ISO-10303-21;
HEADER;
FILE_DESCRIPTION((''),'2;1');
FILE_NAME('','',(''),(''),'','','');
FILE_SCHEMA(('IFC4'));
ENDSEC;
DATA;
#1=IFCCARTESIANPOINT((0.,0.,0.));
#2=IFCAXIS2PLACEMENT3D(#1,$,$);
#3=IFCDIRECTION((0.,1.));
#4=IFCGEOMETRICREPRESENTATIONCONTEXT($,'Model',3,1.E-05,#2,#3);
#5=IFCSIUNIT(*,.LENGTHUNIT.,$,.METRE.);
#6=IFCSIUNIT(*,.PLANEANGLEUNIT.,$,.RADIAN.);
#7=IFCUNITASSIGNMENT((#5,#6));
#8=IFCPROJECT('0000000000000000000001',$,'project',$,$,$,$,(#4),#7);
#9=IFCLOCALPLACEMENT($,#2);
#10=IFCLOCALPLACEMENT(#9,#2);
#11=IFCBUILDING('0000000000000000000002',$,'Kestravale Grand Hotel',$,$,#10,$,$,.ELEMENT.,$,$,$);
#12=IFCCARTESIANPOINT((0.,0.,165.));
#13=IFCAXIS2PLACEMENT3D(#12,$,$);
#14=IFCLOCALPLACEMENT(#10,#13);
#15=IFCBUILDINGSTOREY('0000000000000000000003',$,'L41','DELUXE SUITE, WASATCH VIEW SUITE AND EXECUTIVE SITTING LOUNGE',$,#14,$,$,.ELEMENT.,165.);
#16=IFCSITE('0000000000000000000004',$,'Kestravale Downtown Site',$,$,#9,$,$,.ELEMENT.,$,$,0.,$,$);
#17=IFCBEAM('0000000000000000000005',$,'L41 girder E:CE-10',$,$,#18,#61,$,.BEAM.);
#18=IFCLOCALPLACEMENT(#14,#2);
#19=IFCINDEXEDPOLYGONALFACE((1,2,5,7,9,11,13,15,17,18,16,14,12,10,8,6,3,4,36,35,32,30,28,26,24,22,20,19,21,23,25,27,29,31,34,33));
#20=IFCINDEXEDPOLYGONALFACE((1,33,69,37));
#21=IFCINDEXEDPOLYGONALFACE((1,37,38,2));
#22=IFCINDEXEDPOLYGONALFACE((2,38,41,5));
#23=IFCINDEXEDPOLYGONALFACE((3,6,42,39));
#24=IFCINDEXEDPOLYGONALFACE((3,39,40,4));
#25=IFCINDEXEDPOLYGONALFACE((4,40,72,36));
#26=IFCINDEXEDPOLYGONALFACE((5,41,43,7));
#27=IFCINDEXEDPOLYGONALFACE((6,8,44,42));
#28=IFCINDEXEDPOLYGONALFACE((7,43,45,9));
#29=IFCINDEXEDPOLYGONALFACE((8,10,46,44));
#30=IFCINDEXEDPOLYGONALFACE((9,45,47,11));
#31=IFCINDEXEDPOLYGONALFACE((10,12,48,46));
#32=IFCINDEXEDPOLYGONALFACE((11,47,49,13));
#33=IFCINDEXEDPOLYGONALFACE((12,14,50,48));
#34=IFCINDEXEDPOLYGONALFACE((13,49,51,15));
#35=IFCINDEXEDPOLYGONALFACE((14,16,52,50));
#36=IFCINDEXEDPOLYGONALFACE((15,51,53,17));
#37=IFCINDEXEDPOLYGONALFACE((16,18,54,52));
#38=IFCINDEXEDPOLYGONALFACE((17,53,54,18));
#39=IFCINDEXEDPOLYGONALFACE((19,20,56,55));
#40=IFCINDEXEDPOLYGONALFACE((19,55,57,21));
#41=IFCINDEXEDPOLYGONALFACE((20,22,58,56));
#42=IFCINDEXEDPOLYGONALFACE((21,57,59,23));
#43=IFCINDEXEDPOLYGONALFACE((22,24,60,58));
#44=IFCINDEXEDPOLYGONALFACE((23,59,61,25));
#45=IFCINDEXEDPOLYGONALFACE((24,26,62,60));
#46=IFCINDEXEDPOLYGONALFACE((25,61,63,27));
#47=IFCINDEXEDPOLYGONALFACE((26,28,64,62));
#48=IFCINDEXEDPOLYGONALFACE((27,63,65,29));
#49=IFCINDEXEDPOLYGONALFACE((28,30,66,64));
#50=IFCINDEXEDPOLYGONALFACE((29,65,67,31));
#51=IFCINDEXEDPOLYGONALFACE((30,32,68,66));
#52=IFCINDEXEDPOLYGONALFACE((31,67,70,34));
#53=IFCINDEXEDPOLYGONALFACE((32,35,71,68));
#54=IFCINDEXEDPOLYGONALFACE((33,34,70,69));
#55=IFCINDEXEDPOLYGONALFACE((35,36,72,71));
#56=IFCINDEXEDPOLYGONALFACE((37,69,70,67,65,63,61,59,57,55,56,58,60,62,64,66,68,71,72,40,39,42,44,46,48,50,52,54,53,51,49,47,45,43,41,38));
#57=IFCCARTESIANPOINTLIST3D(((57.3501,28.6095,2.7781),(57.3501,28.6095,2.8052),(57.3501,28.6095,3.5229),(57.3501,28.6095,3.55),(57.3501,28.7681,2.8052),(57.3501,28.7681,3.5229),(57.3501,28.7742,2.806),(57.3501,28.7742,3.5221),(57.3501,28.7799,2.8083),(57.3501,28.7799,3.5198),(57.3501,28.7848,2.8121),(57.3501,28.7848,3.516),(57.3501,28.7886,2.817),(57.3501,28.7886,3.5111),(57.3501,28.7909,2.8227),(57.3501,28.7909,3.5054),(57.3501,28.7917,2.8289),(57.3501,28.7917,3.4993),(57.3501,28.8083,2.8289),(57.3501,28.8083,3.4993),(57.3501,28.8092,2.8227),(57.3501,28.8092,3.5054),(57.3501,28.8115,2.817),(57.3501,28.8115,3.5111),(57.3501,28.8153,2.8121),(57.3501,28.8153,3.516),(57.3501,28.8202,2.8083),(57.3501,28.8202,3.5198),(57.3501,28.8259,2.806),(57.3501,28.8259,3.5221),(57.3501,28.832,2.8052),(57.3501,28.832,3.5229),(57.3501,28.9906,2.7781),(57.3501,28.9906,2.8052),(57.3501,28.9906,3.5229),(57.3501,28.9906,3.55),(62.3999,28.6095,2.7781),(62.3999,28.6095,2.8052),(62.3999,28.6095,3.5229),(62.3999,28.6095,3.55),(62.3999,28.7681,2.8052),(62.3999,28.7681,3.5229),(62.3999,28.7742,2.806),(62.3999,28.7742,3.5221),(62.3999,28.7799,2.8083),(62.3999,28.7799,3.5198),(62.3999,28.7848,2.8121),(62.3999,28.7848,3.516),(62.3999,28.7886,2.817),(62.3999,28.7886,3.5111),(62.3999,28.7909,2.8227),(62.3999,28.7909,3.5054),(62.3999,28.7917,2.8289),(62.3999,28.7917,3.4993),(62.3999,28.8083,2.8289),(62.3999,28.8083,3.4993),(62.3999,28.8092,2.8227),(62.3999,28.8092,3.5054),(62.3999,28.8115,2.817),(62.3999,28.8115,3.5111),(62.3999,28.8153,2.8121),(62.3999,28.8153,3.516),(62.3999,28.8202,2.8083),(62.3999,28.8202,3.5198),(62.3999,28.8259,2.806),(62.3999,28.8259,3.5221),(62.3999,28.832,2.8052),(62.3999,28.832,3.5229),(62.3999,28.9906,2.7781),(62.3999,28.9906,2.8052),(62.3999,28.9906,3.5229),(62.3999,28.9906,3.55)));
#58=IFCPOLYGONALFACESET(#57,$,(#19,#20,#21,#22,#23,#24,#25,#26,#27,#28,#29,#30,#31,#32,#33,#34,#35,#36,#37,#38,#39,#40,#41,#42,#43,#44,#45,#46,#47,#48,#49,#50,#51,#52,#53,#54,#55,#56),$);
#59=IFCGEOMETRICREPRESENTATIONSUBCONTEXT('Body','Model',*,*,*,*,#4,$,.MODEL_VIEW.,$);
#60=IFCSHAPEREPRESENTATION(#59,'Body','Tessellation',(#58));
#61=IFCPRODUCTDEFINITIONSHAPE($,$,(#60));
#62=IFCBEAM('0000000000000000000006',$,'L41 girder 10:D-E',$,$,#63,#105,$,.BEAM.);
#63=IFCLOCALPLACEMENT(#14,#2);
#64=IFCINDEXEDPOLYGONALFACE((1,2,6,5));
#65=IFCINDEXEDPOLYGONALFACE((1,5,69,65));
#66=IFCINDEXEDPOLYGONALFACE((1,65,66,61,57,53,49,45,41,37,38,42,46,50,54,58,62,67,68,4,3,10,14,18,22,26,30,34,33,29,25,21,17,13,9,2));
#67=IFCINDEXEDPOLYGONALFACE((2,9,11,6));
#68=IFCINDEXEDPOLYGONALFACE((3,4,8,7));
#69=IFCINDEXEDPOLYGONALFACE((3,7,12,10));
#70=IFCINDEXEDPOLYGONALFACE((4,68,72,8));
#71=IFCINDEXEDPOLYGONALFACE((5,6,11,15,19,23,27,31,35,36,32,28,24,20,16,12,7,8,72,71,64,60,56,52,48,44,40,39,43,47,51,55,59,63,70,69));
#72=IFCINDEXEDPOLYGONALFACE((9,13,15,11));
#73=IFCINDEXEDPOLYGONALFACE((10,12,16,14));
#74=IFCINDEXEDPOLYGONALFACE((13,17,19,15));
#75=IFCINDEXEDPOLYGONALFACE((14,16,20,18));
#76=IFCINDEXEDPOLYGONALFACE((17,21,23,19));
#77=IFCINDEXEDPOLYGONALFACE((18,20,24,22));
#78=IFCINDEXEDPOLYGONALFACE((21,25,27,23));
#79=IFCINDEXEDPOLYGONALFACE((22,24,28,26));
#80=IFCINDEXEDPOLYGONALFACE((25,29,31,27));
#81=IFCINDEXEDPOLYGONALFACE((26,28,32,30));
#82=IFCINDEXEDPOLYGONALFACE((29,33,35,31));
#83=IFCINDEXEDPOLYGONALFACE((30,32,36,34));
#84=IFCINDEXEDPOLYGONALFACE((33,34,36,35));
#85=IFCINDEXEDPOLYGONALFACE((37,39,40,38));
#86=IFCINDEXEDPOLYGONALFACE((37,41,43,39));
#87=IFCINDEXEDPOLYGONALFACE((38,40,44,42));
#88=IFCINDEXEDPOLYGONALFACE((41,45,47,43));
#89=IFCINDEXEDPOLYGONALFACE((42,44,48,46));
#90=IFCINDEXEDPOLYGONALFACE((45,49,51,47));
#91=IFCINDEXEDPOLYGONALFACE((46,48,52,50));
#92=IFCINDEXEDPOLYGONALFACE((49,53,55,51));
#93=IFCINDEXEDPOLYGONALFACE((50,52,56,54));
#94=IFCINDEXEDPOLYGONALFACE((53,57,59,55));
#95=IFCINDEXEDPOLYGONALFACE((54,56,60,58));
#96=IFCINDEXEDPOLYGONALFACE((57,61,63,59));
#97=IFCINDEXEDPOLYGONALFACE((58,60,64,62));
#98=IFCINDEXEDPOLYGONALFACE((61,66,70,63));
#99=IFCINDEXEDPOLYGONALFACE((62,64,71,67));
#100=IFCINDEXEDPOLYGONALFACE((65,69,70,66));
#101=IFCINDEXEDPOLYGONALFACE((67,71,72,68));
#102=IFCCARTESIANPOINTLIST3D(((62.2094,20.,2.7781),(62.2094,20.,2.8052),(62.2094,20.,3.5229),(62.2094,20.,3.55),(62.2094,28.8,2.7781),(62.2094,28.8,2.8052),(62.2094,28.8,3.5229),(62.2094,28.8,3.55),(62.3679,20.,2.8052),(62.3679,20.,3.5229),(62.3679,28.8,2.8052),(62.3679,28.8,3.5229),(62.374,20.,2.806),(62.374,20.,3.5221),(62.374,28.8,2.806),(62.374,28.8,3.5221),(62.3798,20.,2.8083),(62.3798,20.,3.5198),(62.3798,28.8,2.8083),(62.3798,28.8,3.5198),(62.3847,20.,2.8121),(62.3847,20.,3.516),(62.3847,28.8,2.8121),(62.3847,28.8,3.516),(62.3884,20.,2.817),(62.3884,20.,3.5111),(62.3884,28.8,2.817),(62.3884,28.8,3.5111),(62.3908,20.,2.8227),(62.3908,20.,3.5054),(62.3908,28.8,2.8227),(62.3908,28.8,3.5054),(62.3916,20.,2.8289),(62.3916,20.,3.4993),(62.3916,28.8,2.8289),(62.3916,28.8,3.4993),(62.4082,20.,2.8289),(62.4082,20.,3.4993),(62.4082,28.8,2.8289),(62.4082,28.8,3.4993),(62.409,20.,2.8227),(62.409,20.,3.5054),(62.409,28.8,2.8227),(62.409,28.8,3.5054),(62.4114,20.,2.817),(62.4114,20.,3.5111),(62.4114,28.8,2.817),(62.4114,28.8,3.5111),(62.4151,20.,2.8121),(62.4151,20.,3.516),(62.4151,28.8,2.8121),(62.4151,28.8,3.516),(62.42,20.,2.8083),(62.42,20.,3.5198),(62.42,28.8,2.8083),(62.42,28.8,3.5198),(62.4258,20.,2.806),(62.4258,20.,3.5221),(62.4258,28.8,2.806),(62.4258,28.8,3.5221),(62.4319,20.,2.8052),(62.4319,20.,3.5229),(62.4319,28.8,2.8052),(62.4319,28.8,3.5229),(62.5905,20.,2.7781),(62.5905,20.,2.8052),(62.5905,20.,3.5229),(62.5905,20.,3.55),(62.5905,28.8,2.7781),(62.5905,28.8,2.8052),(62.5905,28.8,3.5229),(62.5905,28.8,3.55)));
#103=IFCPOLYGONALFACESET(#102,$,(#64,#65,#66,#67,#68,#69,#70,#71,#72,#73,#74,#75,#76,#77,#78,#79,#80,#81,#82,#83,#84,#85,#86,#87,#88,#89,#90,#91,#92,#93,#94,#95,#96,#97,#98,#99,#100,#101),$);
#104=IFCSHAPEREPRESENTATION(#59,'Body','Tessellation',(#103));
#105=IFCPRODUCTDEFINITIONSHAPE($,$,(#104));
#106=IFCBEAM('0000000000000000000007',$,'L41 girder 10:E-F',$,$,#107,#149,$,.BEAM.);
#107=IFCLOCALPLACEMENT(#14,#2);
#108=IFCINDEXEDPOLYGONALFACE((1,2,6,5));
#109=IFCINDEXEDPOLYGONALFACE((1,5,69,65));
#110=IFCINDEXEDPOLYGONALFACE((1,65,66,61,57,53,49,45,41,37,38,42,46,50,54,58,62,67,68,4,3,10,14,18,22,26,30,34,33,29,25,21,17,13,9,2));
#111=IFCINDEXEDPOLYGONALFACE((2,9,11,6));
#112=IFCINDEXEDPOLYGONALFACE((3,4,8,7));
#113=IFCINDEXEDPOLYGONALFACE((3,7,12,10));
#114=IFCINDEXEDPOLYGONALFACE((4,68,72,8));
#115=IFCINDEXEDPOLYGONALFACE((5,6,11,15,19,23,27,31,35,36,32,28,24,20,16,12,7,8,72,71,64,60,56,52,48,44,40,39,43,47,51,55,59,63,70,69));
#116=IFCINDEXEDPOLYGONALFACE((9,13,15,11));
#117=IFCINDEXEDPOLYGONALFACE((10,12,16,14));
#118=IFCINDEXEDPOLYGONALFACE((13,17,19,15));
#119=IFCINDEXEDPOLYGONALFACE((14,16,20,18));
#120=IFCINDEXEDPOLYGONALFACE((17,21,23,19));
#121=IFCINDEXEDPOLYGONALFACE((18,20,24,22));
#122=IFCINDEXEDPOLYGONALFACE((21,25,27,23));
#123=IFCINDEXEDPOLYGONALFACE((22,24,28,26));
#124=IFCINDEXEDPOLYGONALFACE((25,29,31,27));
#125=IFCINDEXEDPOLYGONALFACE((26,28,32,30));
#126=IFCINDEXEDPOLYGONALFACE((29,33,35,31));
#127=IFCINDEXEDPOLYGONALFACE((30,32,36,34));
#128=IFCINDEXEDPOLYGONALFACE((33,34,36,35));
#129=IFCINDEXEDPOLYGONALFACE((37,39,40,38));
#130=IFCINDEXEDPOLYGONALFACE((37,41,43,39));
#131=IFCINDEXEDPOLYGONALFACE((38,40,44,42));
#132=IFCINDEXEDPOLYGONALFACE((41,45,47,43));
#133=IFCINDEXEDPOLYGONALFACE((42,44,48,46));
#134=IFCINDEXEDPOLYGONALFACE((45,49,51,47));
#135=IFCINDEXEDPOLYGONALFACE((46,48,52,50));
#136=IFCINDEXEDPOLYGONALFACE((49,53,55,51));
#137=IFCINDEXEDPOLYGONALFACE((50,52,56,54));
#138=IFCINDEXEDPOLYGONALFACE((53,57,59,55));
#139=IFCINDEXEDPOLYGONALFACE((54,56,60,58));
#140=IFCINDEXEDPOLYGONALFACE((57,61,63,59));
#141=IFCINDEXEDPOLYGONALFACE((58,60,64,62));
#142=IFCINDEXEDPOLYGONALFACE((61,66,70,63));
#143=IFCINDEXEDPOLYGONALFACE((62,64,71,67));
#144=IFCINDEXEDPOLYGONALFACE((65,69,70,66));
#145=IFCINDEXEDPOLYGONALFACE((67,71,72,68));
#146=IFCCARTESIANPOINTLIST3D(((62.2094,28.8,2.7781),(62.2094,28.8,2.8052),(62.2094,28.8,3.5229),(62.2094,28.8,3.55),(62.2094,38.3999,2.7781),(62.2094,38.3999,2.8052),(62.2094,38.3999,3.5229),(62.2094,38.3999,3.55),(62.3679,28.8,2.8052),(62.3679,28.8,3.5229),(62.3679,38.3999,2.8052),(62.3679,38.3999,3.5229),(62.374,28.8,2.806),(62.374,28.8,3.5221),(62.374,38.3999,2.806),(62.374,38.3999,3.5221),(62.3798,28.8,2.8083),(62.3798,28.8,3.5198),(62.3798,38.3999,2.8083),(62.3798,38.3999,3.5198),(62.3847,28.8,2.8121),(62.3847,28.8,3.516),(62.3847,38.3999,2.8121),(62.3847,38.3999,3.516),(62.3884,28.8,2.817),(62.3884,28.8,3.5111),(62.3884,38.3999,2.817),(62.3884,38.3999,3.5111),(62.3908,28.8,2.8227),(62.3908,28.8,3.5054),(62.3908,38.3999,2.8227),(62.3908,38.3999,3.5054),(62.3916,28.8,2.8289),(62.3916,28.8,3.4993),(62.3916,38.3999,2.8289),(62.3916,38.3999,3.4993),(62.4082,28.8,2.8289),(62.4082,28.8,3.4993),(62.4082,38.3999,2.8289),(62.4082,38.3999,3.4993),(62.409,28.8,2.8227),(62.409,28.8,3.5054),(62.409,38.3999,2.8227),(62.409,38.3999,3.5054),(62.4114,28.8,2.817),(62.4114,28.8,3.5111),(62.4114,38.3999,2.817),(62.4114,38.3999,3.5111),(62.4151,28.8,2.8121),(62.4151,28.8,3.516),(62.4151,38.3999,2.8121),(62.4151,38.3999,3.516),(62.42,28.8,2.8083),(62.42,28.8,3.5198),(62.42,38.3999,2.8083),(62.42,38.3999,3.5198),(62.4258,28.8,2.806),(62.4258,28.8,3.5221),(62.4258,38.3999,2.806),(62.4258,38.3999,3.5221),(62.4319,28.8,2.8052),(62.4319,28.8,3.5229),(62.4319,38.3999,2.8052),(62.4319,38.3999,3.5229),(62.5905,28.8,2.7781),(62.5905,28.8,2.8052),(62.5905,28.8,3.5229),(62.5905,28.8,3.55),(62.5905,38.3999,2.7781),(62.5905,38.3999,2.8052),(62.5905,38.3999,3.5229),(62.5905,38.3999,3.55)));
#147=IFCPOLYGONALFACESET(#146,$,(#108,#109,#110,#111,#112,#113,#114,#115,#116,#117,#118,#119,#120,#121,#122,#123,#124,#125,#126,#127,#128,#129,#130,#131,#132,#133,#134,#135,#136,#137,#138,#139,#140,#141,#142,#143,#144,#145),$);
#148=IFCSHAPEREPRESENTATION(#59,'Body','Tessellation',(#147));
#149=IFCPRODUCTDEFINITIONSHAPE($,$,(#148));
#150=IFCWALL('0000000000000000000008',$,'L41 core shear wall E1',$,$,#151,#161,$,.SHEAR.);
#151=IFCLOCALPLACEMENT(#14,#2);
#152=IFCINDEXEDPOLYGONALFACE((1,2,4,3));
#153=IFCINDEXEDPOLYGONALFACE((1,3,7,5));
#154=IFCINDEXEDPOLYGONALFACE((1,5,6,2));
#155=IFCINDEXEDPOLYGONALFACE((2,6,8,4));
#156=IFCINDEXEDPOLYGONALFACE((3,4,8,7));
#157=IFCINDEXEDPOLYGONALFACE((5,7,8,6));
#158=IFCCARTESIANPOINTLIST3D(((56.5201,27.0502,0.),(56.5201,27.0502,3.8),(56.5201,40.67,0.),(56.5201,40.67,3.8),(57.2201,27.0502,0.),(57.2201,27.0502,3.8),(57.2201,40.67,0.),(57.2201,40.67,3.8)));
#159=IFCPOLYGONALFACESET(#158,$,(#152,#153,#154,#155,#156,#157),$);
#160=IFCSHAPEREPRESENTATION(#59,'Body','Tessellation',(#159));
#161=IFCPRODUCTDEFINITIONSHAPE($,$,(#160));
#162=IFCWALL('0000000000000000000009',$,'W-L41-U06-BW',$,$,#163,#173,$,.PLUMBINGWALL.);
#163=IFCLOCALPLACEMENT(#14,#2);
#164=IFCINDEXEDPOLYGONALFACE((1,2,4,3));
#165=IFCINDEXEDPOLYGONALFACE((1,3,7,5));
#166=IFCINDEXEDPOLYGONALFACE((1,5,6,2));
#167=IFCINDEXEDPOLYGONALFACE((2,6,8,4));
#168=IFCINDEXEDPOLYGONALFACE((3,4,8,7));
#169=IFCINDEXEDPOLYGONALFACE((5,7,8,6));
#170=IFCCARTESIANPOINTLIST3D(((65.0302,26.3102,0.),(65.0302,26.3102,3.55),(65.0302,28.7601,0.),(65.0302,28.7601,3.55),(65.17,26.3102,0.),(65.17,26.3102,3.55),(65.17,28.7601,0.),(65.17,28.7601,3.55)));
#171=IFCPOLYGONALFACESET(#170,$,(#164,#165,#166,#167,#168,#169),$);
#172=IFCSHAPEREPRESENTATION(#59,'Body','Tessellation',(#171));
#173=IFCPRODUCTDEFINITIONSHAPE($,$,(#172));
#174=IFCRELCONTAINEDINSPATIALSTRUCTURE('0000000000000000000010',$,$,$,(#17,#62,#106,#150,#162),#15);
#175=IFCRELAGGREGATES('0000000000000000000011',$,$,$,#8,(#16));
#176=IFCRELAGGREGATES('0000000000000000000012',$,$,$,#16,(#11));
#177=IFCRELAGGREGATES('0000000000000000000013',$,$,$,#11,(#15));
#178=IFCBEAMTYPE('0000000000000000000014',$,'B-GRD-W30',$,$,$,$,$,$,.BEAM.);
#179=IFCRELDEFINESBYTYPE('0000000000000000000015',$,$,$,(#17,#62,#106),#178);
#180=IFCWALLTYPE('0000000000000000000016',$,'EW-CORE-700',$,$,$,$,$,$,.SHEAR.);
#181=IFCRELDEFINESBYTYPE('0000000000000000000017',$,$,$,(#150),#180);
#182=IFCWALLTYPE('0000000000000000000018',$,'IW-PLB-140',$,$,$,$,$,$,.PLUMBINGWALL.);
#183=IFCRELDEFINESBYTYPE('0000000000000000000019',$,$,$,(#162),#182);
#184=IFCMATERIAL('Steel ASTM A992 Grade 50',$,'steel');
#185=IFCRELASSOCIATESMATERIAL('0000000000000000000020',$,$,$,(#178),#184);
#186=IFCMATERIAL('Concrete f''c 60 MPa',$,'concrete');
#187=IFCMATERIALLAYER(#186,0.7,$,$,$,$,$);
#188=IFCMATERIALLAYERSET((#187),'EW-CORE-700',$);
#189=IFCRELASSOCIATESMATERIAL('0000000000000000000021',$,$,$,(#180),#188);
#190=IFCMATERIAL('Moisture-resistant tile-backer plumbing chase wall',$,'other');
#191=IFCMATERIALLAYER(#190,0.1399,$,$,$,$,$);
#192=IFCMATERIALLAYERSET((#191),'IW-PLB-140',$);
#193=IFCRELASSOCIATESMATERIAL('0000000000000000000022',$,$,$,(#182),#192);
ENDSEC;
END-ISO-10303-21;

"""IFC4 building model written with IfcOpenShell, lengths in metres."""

from ifc_helpers import new_model, si_unit, direction, frame, frame_2d, origin, origin_2d, place, context, subcontext, project, spatial, rectangle, i_section, extrude, material, layer, layer_set, material_profile, profile_set, type_object, element, save


model = new_model("IFC4")

# Units and contexts
model_context = context("Model", 3, precision=1e-05, world=origin(), true_north=direction((0.0, 1.0)))
body_context = subcontext(model_context, "Body", "Model", "MODEL_VIEW")
ifc_project = project(units=[si_unit("LENGTHUNIT", "METRE"), si_unit("PLANEANGLEUNIT", "RADIAN")], contexts=[model_context])

# Site, building, storey
site_placement = place(None, origin())
site = spatial("IfcSite", under=ifc_project, at=site_placement, Name="Kestravale Downtown Site", CompositionType="ELEMENT", RefElevation=0.0)
building_placement = place(site_placement, origin())
building = spatial("IfcBuilding", under=site, at=building_placement, Name="Kestravale Grand Hotel", CompositionType="ELEMENT")
storey_placement = place(building_placement, frame((0.0, 0.0, 165.0)))
storey = spatial("IfcBuildingStorey", under=building, at=storey_placement, Name="L41", Description="DELUXE SUITE, WASATCH VIEW SUITE AND EXECUTIVE SITTING LOUNGE", CompositionType="ELEMENT", Elevation=165.0)

# Beams
ifc_material_1 = material(Name="Steel ASTM A992 Grade 50", Category="steel")
ifc_material_profile_1 = material_profile(ifc_material_1, i_section(OverallWidth=0.3811, OverallDepth=0.772, WebThickness=0.0166, FlangeThickness=0.0271, FilletRadius=0.0237, at=origin_2d()))
ifc_profile_set_1 = profile_set([ifc_material_profile_1], Name="Steel ASTM A992 Grade 50")
beam_type_1 = type_object("IfcBeamType", Name="B-GRD-W30", PredefinedType="BEAM", material=ifc_profile_set_1)
beam_1_placement = place(storey_placement, frame((57.3501, 28.8, 3.1641), z_axis=(1.0, 0.0, 0.0), x_axis=(0.0, 1.0, 0.0)))
element("IfcBeam", 1, at=beam_1_placement, inside=storey, type_object=beam_type_1, Name="L41 girder E:CE-10", PredefinedType="BEAM", context=body_context, shape_type="SweptSolid", body=[
    extrude(i_section(OverallWidth=0.3811, OverallDepth=0.772, WebThickness=0.0166, FlangeThickness=0.0271, FilletRadius=0.0237, at=origin_2d()), origin(), (0.0, 0.0, 1.0), 5.0498),
])
beam_2_placement = place(storey_placement, frame((62.3999, 20.0, 3.1641), z_axis=(0.0, 1.0, 0.0), x_axis=(-1.0, 0.0, 0.0)))
element("IfcBeam", 2, at=beam_2_placement, inside=storey, type_object=beam_type_1, Name="L41 girder 10:D-E", PredefinedType="BEAM", context=body_context, shape_type="SweptSolid", body=[
    extrude(i_section(OverallWidth=0.3811, OverallDepth=0.772, WebThickness=0.0166, FlangeThickness=0.0271, FilletRadius=0.0237, at=origin_2d()), origin(), (0.0, 0.0, 1.0), 8.8),
])
beam_3_placement = place(storey_placement, frame((62.3999, 28.8, 3.1641), z_axis=(0.0, 1.0, 0.0), x_axis=(-1.0, 0.0, 0.0)))
element("IfcBeam", 3, at=beam_3_placement, inside=storey, type_object=beam_type_1, Name="L41 girder 10:E-F", PredefinedType="BEAM", context=body_context, shape_type="SweptSolid", body=[
    extrude(i_section(OverallWidth=0.3811, OverallDepth=0.772, WebThickness=0.0166, FlangeThickness=0.0271, FilletRadius=0.0237, at=origin_2d()), origin(), (0.0, 0.0, 1.0), 9.5999),
])

# Walls
ifc_material_2 = material(Name="Concrete f'c 60 MPa", Category="concrete")
ifc_layer_1 = layer(ifc_material_2, 0.7)
ifc_layer_set_1 = layer_set([ifc_layer_1], Name="EW-CORE-700")
wall_type_1 = type_object("IfcWallType", Name="EW-CORE-700", PredefinedType="SHEAR", material=ifc_layer_set_1)
wall_1_placement = place(storey_placement, frame((56.8701, 27.05, 0.0), z_axis=(0.0, 0.0, 1.0), x_axis=(0.0, 1.0, 0.0)))
element("IfcWall", 4, at=wall_1_placement, inside=storey, type_object=wall_type_1, Name="L41 core shear wall E1", PredefinedType="SHEAR", context=body_context, shape_type="SweptSolid", body=[
    extrude(rectangle(XDim=13.6199, YDim=0.7, at=frame_2d((6.8101, 0.0))), origin(), (0.0, 0.0, 1.0), 3.8),
])
ifc_material_3 = material(Name="Moisture-resistant tile-backer plumbing chase wall", Category="other")
ifc_layer_2 = layer(ifc_material_3, 0.1399)
ifc_layer_set_2 = layer_set([ifc_layer_2], Name="IW-PLB-140")
wall_type_2 = type_object("IfcWallType", Name="IW-PLB-140", PredefinedType="PLUMBINGWALL", material=ifc_layer_set_2)
wall_2_placement = place(storey_placement, frame((65.1001, 26.3101, 0.0), z_axis=(0.0, 0.0, 1.0), x_axis=(0.0, 1.0, 0.0)))
element("IfcWall", 5, at=wall_2_placement, inside=storey, type_object=wall_type_2, Name="W-L41-U06-BW", PredefinedType="PLUMBINGWALL", context=body_context, shape_type="SweptSolid", body=[
    extrude(rectangle(XDim=2.45, YDim=0.1399, at=frame_2d((1.2251, 0.0))), origin(), (0.0, 0.0, 1.0), 3.55),
])

save(model, "model.ifc")
